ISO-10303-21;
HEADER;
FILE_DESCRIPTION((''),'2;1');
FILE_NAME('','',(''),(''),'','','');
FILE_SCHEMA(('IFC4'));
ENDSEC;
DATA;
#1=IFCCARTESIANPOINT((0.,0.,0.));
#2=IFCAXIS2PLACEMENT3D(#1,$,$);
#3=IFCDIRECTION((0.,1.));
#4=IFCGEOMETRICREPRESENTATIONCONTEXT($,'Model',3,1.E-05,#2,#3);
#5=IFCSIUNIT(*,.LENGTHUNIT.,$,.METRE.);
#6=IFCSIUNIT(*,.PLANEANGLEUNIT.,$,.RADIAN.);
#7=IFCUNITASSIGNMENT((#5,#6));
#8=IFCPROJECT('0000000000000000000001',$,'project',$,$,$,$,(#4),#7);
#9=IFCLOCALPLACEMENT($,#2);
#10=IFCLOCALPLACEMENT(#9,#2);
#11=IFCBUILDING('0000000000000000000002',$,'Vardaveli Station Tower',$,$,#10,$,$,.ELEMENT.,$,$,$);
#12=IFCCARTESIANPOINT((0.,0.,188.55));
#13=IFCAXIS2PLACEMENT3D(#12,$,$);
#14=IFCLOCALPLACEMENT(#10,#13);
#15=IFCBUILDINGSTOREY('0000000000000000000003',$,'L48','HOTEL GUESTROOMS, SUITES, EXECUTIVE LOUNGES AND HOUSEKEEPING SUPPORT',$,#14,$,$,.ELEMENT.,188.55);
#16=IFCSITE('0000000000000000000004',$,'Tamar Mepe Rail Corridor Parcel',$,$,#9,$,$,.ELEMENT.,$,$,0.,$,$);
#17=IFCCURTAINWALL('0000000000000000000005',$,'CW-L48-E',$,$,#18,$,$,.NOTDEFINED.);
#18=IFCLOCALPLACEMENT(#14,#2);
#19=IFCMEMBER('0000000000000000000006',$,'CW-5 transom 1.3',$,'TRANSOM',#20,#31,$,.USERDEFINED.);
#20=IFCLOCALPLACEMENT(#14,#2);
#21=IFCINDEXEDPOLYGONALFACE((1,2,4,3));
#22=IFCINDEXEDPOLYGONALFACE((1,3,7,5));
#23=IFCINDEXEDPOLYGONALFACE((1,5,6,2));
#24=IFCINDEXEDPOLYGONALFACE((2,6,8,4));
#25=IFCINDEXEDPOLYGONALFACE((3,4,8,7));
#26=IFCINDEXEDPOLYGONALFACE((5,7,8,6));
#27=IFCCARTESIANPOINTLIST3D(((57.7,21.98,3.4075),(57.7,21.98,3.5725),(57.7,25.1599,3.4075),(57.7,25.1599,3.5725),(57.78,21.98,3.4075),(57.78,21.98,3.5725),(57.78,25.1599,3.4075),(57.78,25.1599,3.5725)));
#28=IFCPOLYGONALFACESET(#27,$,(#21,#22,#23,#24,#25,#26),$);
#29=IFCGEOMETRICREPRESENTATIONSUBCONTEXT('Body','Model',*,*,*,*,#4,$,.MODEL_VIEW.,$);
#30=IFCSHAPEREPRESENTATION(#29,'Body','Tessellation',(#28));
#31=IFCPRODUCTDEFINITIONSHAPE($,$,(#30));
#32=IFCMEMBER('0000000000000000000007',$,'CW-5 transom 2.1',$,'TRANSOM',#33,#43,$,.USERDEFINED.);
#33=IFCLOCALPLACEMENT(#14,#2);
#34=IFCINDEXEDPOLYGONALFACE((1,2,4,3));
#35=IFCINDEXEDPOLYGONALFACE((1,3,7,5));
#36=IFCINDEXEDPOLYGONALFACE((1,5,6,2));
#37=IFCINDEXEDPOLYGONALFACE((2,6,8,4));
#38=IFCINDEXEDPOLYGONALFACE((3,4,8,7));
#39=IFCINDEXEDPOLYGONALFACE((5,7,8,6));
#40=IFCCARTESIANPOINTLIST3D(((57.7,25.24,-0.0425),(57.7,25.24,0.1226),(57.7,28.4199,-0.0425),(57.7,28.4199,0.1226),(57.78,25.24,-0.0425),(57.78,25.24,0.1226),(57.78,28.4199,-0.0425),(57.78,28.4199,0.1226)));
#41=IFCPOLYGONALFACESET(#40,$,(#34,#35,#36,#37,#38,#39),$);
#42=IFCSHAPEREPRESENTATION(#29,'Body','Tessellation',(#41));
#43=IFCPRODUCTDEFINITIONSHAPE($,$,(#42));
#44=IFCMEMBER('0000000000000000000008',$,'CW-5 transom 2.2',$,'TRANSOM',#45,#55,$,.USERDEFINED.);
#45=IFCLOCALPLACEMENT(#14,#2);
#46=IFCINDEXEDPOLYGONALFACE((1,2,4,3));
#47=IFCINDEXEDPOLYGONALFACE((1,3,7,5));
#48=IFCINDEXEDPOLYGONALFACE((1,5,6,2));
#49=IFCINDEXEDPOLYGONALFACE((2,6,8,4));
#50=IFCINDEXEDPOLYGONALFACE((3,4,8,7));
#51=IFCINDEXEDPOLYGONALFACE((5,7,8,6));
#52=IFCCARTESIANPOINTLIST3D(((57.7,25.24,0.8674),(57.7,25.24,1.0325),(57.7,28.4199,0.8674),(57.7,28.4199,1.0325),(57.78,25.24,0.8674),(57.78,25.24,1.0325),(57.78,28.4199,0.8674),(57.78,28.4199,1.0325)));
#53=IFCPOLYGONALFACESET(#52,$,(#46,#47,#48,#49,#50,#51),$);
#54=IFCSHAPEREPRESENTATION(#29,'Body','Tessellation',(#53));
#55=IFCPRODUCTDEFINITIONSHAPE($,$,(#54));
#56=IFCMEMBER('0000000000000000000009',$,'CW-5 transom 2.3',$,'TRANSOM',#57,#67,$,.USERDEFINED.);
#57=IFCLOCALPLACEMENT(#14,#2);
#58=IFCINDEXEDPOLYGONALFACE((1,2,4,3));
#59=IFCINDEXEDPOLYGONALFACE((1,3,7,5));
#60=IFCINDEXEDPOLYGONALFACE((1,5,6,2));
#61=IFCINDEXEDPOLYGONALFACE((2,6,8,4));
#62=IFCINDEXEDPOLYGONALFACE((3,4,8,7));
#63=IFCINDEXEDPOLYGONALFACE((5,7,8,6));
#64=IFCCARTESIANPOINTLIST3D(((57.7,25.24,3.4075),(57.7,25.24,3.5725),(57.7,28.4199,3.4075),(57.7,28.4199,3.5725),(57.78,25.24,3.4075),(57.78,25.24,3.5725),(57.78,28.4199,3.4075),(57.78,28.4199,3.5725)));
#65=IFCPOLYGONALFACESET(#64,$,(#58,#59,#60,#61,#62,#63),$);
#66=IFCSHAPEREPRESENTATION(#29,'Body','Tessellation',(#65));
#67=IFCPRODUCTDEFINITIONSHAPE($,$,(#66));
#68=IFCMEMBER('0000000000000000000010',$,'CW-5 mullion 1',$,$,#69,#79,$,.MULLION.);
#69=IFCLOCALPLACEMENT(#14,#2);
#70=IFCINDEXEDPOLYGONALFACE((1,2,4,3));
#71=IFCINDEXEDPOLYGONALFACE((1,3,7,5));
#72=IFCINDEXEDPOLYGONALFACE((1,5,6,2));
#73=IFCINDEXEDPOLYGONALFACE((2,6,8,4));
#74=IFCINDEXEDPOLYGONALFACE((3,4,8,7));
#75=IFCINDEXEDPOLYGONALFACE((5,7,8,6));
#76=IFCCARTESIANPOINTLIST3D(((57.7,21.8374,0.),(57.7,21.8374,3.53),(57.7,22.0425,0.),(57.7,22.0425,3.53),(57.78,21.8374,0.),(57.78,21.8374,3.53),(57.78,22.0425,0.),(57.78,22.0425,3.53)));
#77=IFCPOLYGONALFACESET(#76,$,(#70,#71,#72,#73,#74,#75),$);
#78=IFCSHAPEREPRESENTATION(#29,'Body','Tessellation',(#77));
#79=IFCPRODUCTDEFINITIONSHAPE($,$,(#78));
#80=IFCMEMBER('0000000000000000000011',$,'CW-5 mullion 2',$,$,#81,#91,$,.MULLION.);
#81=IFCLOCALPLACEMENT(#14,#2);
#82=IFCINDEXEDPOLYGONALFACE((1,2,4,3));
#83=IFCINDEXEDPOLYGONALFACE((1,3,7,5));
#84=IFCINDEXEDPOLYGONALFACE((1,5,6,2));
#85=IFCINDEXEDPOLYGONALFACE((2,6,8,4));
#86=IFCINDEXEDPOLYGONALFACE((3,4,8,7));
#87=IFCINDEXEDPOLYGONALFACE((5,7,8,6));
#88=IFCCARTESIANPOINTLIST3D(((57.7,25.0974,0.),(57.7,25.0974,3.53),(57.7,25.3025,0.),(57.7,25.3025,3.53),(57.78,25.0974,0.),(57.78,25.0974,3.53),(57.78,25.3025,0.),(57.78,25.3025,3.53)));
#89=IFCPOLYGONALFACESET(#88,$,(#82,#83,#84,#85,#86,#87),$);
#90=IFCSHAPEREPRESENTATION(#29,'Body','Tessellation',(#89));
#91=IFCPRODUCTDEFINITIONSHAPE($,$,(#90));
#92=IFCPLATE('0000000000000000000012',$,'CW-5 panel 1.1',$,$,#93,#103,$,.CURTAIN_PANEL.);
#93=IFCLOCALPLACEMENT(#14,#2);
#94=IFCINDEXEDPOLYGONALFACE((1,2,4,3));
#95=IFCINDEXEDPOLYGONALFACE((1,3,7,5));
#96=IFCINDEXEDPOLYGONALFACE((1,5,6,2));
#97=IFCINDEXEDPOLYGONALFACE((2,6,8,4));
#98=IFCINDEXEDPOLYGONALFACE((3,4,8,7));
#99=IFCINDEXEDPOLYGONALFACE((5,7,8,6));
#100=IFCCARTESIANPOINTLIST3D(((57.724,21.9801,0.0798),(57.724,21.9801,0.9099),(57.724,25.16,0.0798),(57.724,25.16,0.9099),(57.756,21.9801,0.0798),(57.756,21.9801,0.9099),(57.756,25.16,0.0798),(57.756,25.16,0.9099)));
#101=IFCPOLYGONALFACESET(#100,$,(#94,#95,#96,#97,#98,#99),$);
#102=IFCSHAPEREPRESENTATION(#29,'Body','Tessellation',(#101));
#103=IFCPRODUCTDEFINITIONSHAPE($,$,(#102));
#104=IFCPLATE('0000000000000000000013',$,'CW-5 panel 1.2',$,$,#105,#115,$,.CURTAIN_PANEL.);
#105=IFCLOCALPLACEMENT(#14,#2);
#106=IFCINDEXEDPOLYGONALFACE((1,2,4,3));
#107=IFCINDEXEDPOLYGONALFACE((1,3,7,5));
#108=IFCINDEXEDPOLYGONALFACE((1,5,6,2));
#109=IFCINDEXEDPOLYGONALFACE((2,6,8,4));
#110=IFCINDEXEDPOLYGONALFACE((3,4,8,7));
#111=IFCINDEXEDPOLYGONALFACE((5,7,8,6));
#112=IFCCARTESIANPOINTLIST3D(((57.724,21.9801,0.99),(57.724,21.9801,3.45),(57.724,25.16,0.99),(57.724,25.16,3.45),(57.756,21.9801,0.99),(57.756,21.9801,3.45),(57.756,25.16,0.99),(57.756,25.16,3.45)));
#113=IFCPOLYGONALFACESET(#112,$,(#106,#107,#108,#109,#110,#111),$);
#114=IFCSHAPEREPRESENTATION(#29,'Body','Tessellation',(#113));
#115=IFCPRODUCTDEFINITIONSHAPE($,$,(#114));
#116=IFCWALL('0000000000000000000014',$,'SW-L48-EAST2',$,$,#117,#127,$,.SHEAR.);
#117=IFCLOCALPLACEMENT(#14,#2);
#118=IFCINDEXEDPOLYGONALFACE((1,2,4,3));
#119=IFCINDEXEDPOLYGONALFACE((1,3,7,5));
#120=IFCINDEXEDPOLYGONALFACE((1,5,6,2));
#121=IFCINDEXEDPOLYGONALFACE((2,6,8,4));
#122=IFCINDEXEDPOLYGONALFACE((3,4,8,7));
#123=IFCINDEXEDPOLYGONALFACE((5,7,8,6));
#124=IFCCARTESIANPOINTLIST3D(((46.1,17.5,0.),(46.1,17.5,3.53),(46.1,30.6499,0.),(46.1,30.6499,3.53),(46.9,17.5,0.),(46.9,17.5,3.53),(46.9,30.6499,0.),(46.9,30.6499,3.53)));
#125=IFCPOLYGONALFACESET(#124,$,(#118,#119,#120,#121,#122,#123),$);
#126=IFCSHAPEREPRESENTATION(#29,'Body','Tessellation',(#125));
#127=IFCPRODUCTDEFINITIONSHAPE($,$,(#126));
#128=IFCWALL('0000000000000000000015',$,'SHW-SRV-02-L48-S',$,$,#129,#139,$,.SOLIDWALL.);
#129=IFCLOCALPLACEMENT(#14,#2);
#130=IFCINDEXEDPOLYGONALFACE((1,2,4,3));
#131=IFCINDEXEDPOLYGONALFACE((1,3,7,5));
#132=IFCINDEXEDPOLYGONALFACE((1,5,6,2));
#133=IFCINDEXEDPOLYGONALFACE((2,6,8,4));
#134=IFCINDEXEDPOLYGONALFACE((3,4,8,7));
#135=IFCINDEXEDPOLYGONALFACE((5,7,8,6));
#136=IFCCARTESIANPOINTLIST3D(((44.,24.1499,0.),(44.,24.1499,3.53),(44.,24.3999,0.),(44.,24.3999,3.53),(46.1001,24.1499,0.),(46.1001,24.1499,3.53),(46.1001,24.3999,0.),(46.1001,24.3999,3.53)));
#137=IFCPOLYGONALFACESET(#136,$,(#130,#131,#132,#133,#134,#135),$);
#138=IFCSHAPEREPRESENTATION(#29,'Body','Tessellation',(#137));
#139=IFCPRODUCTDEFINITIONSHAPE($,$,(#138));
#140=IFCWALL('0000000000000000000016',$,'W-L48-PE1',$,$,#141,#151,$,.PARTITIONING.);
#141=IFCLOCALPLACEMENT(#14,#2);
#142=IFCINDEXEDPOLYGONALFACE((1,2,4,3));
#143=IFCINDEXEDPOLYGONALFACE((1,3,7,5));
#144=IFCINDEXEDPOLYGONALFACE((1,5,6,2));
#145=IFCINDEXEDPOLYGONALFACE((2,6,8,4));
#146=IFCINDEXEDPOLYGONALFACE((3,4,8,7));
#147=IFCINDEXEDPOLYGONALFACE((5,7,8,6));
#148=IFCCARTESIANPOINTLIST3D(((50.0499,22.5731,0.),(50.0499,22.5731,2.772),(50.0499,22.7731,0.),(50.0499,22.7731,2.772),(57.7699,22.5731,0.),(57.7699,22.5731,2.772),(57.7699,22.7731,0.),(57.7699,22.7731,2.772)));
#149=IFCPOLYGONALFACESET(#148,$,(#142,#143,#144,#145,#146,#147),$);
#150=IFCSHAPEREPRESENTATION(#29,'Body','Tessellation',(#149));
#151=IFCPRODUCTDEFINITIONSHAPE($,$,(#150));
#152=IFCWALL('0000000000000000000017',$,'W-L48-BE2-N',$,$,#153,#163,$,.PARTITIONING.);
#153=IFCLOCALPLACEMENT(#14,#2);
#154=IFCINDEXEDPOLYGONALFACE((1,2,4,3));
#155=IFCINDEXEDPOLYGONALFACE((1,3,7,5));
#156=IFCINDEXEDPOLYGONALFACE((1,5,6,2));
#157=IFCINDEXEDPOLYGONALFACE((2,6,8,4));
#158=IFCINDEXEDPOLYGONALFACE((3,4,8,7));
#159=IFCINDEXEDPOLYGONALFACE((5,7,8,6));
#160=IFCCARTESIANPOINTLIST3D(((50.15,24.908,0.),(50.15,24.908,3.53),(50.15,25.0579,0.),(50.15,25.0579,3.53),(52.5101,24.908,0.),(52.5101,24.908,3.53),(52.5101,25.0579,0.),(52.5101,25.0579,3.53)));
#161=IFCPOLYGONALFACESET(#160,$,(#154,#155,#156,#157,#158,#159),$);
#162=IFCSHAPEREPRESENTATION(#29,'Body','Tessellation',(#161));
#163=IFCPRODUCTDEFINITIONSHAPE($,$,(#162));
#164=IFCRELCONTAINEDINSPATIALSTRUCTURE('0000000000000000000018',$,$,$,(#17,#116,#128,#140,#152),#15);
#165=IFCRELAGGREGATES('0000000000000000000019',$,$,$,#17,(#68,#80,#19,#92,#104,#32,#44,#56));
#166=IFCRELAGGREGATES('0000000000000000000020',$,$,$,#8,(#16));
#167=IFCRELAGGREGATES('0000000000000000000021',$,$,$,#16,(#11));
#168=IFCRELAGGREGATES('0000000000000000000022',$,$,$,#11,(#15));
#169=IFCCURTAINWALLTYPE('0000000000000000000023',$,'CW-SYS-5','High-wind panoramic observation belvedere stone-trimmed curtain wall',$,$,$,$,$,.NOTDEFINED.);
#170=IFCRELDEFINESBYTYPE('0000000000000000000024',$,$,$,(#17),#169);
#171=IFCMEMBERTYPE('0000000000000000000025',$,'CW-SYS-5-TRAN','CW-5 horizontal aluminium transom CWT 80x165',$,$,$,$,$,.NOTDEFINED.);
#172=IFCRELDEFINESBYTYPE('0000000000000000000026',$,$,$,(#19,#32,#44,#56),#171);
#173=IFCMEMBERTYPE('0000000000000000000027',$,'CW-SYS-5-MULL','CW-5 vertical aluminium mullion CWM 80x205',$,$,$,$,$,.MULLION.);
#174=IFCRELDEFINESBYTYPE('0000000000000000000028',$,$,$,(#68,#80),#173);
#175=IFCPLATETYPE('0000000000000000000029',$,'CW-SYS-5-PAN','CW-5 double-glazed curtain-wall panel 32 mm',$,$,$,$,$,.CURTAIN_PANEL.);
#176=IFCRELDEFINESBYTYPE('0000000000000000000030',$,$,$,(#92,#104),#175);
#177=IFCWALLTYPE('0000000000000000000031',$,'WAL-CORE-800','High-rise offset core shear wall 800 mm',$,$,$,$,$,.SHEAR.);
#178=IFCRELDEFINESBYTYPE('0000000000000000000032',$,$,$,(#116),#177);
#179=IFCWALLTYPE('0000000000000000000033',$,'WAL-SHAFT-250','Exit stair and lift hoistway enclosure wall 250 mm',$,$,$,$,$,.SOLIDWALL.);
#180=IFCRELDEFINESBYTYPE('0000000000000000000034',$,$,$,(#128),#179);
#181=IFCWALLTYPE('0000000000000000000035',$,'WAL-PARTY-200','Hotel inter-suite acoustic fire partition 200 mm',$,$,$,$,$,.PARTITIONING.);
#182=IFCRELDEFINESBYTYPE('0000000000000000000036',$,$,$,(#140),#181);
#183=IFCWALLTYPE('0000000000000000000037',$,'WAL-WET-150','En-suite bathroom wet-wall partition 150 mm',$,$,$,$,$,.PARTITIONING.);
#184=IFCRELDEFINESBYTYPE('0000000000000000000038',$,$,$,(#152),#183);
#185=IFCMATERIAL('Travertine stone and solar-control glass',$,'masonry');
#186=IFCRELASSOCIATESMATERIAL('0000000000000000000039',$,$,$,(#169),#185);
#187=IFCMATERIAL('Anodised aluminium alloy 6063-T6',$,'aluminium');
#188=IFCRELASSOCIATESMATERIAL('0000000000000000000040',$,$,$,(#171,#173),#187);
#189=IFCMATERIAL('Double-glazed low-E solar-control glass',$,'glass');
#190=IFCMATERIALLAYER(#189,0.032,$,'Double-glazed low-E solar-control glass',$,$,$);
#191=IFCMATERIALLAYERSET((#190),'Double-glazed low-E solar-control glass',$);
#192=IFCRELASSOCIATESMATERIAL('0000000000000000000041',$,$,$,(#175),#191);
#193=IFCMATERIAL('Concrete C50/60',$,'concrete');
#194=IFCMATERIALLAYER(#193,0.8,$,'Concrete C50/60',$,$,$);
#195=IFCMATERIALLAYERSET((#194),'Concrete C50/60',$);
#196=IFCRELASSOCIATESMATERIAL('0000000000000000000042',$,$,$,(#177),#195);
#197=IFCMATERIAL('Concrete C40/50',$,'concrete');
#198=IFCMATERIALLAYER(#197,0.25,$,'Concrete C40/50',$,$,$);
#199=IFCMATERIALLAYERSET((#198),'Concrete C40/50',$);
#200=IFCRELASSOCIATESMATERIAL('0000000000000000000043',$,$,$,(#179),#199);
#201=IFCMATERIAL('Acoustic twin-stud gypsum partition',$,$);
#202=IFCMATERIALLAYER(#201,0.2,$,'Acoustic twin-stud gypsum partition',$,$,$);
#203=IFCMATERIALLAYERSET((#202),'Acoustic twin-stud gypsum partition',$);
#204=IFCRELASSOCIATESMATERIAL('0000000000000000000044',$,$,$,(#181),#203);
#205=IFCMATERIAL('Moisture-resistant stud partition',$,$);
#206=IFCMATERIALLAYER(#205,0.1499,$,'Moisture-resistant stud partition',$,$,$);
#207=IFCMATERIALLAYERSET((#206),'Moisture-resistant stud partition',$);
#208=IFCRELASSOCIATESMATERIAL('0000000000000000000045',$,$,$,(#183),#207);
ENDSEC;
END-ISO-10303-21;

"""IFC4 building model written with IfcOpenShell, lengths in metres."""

from ifc_helpers import new_model, si_unit, direction, frame, frame_2d, origin, origin_2d, place, context, subcontext, project, spatial, rectangle, extrude, source, transform, mapped, material, layer, layer_set, material_profile, profile_set, type_object, element, aggregate, save


model = new_model("IFC4")

# Units and contexts
model_context = context("Model", 3, precision=1e-05, world=origin(), true_north=direction((0.0, 1.0)))
body_context = subcontext(model_context, "Body", "Model", "MODEL_VIEW")
ifc_project = project(units=[si_unit("LENGTHUNIT", "METRE"), si_unit("PLANEANGLEUNIT", "RADIAN")], contexts=[model_context])

# Site, building, storey
site_placement = place(None, origin())
site = spatial("IfcSite", under=ifc_project, at=site_placement, Name="Tamar Mepe Rail Corridor Parcel", CompositionType="ELEMENT", RefElevation=0.0)
building_placement = place(site_placement, origin())
building = spatial("IfcBuilding", under=site, at=building_placement, Name="Vardaveli Station Tower", CompositionType="ELEMENT")
storey_placement = place(building_placement, frame((0.0, 0.0, 188.55)))
storey = spatial("IfcBuildingStorey", under=building, at=storey_placement, Name="L48", Description="HOTEL GUESTROOMS, SUITES, EXECUTIVE LOUNGES AND HOUSEKEEPING SUPPORT", CompositionType="ELEMENT", Elevation=188.55)

# Curtain wall, members, plates
ifc_material_1 = material(Name="Travertine stone and solar-control glass", Category="masonry")
curtain_wall_type = type_object("IfcCurtainWallType", Name="CW-SYS-5", Description="High-wind panoramic observation belvedere stone-trimmed curtain wall", PredefinedType="NOTDEFINED", material=ifc_material_1)
curtain_wall_placement = place(storey_placement, origin())
curtain_wall = element("IfcCurtainWall", 1, at=curtain_wall_placement, inside=storey, type_object=curtain_wall_type, Name="CW-L48-E", PredefinedType="NOTDEFINED")
ifc_material_2 = material(Name="Anodised aluminium alloy 6063-T6", Category="aluminium")
ifc_material_profile_1 = material_profile(ifc_material_2, rectangle(XDim=0.0801, YDim=0.165, at=origin_2d()), Name="CWT 80x165")
ifc_profile_set_1 = profile_set([ifc_material_profile_1], Name="Anodised aluminium alloy 6063-T6")
member_type_1 = type_object("IfcMemberType", Name="CW-SYS-5-TRAN", Description="CW-5 horizontal aluminium transom CWT 80x165", PredefinedType="NOTDEFINED", material=ifc_profile_set_1)
shared_shape_1 = source(origin(), body_context, "Body", "SweptSolid", [
    extrude(rectangle(XDim=0.0801, YDim=0.165, at=origin_2d()), origin(), (0.0, 0.0, 1.0), 3.1799),
])
member_1_placement = place(storey_placement, frame((57.74, 21.98, 3.49), z_axis=(0.0, 1.0, 0.0), x_axis=(-1.0, 0.0, 0.0)))
member_1 = element("IfcMember", 2, at=member_1_placement, type_object=member_type_1, Name="CW-5 transom 1.3", ObjectType="TRANSOM", PredefinedType="USERDEFINED", context=body_context, shape_type="MappedRepresentation", body=[
    mapped(shared_shape_1, transform((0.0, 0.0, 0.0), scale=1.0)),
])
member_2_placement = place(storey_placement, frame((57.74, 25.24, 0.04), z_axis=(0.0, 1.0, 0.0), x_axis=(-1.0, 0.0, 0.0)))
member_2 = element("IfcMember", 3, at=member_2_placement, type_object=member_type_1, Name="CW-5 transom 2.1", ObjectType="TRANSOM", PredefinedType="USERDEFINED", context=body_context, shape_type="MappedRepresentation", body=[
    mapped(shared_shape_1, transform((0.0, 0.0, 0.0), scale=1.0)),
])
member_3_placement = place(storey_placement, frame((57.74, 25.24, 0.95), z_axis=(0.0, 1.0, 0.0), x_axis=(-1.0, 0.0, 0.0)))
member_3 = element("IfcMember", 4, at=member_3_placement, type_object=member_type_1, Name="CW-5 transom 2.2", ObjectType="TRANSOM", PredefinedType="USERDEFINED", context=body_context, shape_type="MappedRepresentation", body=[
    mapped(shared_shape_1, transform((0.0, 0.0, 0.0), scale=1.0)),
])
member_4_placement = place(storey_placement, frame((57.74, 25.24, 3.49), z_axis=(0.0, 1.0, 0.0), x_axis=(-1.0, 0.0, 0.0)))
member_4 = element("IfcMember", 5, at=member_4_placement, type_object=member_type_1, Name="CW-5 transom 2.3", ObjectType="TRANSOM", PredefinedType="USERDEFINED", context=body_context, shape_type="MappedRepresentation", body=[
    mapped(shared_shape_1, transform((0.0, 0.0, 0.0), scale=1.0)),
])
ifc_material_profile_2 = material_profile(ifc_material_2, rectangle(XDim=0.0801, YDim=0.2051, at=origin_2d()), Name="CWM 80x205")
ifc_profile_set_2 = profile_set([ifc_material_profile_2], Name="Anodised aluminium alloy 6063-T6")
member_type_2 = type_object("IfcMemberType", Name="CW-SYS-5-MULL", Description="CW-5 vertical aluminium mullion CWM 80x205", PredefinedType="MULLION", material=ifc_profile_set_2)
shared_shape_2 = source(origin(), body_context, "Body", "SweptSolid", [
    extrude(rectangle(XDim=0.0801, YDim=0.2051, at=origin_2d()), origin(), (0.0, 0.0, 1.0), 3.53),
])
member_5_placement = place(storey_placement, frame((57.74, 21.9399, 0.0), z_axis=(0.0, 0.0, 1.0), x_axis=(-1.0, 0.0, 0.0)))
member_5 = element("IfcMember", 6, at=member_5_placement, type_object=member_type_2, Name="CW-5 mullion 1", PredefinedType="MULLION", context=body_context, shape_type="MappedRepresentation", body=[
    mapped(shared_shape_2, transform((0.0, 0.0, 0.0), scale=1.0)),
])
member_6_placement = place(storey_placement, frame((57.74, 25.2, 0.0), z_axis=(0.0, 0.0, 1.0), x_axis=(-1.0, 0.0, 0.0)))
member_6 = element("IfcMember", 7, at=member_6_placement, type_object=member_type_2, Name="CW-5 mullion 2", PredefinedType="MULLION", context=body_context, shape_type="MappedRepresentation", body=[
    mapped(shared_shape_2, transform((0.0, 0.0, 0.0), scale=1.0)),
])
ifc_material_3 = material(Name="Double-glazed low-E solar-control glass", Category="glass")
ifc_layer_1 = layer(ifc_material_3, 0.032, Name="Double-glazed low-E solar-control glass")
ifc_layer_set_1 = layer_set([ifc_layer_1], Name="Double-glazed low-E solar-control glass")
plate_type = type_object("IfcPlateType", Name="CW-SYS-5-PAN", Description="CW-5 double-glazed curtain-wall panel 32 mm", PredefinedType="CURTAIN_PANEL", material=ifc_layer_set_1)
shared_shape_3 = source(origin(), body_context, "Body", "SweptSolid", [
    extrude(rectangle(XDim=3.1799, YDim=0.032, at=origin_2d()), origin(), (0.0, 0.0, 1.0), 0.8301),
])
plate_1_placement = place(storey_placement, frame((57.74, 23.5701, 0.0798), z_axis=(0.0, 0.0, 1.0), x_axis=(0.0, 1.0, 0.0)))
plate_1 = element("IfcPlate", 8, at=plate_1_placement, type_object=plate_type, Name="CW-5 panel 1.1", PredefinedType="CURTAIN_PANEL", context=body_context, shape_type="MappedRepresentation", body=[
    mapped(shared_shape_3, transform((0.0, 0.0, 0.0), scale=1.0)),
])
shared_shape_4 = source(origin(), body_context, "Body", "SweptSolid", [
    extrude(rectangle(XDim=3.1799, YDim=0.032, at=origin_2d()), origin(), (0.0, 0.0, 1.0), 2.46),
])
plate_2_placement = place(storey_placement, frame((57.74, 23.5701, 0.99), z_axis=(0.0, 0.0, 1.0), x_axis=(0.0, 1.0, 0.0)))
plate_2 = element("IfcPlate", 9, at=plate_2_placement, type_object=plate_type, Name="CW-5 panel 1.2", PredefinedType="CURTAIN_PANEL", context=body_context, shape_type="MappedRepresentation", body=[
    mapped(shared_shape_4, transform((0.0, 0.0, 0.0), scale=1.0)),
])
aggregate(curtain_wall, [member_5, member_6, member_1, plate_1, plate_2, member_2, member_3, member_4])

# Walls
ifc_material_4 = material(Name="Concrete C50/60", Category="concrete")
ifc_layer_2 = layer(ifc_material_4, 0.8, Name="Concrete C50/60")
ifc_layer_set_2 = layer_set([ifc_layer_2], Name="Concrete C50/60")
wall_type_1 = type_object("IfcWallType", Name="WAL-CORE-800", Description="High-rise offset core shear wall 800 mm", PredefinedType="SHEAR", material=ifc_layer_set_2)
shared_shape_5 = source(origin(), body_context, "Body", "SweptSolid", [
    extrude(rectangle(XDim=13.1499, YDim=0.8, at=frame_2d((6.575, 0.0))), origin(), (0.0, 0.0, 1.0), 3.53),
])
wall_1_placement = place(storey_placement, frame((46.5, 17.5, 0.0), z_axis=(0.0, 0.0, 1.0), x_axis=(0.0, 1.0, 0.0)))
element("IfcWall", 10, at=wall_1_placement, inside=storey, type_object=wall_type_1, Name="SW-L48-EAST2", PredefinedType="SHEAR", context=body_context, shape_type="MappedRepresentation", body=[
    mapped(shared_shape_5, transform((0.0, 0.0, 0.0), scale=1.0)),
])
ifc_material_5 = material(Name="Concrete C40/50", Category="concrete")
ifc_layer_3 = layer(ifc_material_5, 0.25, Name="Concrete C40/50")
ifc_layer_set_3 = layer_set([ifc_layer_3], Name="Concrete C40/50")
wall_type_2 = type_object("IfcWallType", Name="WAL-SHAFT-250", Description="Exit stair and lift hoistway enclosure wall 250 mm", PredefinedType="SOLIDWALL", material=ifc_layer_set_3)
shared_shape_6 = source(origin(), body_context, "Body", "SweptSolid", [
    extrude(rectangle(XDim=2.1001, YDim=0.25, at=frame_2d((1.05, 0.0))), origin(), (0.0, 0.0, 1.0), 3.53),
])
wall_2_placement = place(storey_placement, frame((44.0, 24.2749, 0.0), z_axis=(0.0, 0.0, 1.0), x_axis=(1.0, 0.0, 0.0)))
element("IfcWall", 11, at=wall_2_placement, inside=storey, type_object=wall_type_2, Name="SHW-SRV-02-L48-S", PredefinedType="SOLIDWALL", context=body_context, shape_type="MappedRepresentation", body=[
    mapped(shared_shape_6, transform((0.0, 0.0, 0.0), scale=1.0)),
])
ifc_material_6 = material(Name="Acoustic twin-stud gypsum partition")
ifc_layer_4 = layer(ifc_material_6, 0.2, Name="Acoustic twin-stud gypsum partition")
ifc_layer_set_4 = layer_set([ifc_layer_4], Name="Acoustic twin-stud gypsum partition")
wall_type_3 = type_object("IfcWallType", Name="WAL-PARTY-200", Description="Hotel inter-suite acoustic fire partition 200 mm", PredefinedType="PARTITIONING", material=ifc_layer_set_4)
shared_shape_7 = source(origin(), body_context, "Body", "SweptSolid", [
    extrude(rectangle(XDim=7.72, YDim=0.2, at=frame_2d((3.8599, 0.0))), origin(), (0.0, 0.0, 1.0), 2.772),
])
wall_3_placement = place(storey_placement, frame((50.05, 22.6731, 0.0), z_axis=(0.0, 0.0, 1.0), x_axis=(1.0, 0.0, 0.0)))
element("IfcWall", 12, at=wall_3_placement, inside=storey, type_object=wall_type_3, Name="W-L48-PE1", PredefinedType="PARTITIONING", context=body_context, shape_type="MappedRepresentation", body=[
    mapped(shared_shape_7, transform((0.0, 0.0, 0.0), scale=1.0)),
])
ifc_material_7 = material(Name="Moisture-resistant stud partition")
ifc_layer_5 = layer(ifc_material_7, 0.1499, Name="Moisture-resistant stud partition")
ifc_layer_set_5 = layer_set([ifc_layer_5], Name="Moisture-resistant stud partition")
wall_type_4 = type_object("IfcWallType", Name="WAL-WET-150", Description="En-suite bathroom wet-wall partition 150 mm", PredefinedType="PARTITIONING", material=ifc_layer_set_5)
shared_shape_8 = source(origin(), body_context, "Body", "SweptSolid", [
    extrude(rectangle(XDim=2.3601, YDim=0.1499, at=frame_2d((1.1802, 0.0))), origin(), (0.0, 0.0, 1.0), 3.53),
])
wall_4_placement = place(storey_placement, frame((50.1499, 24.9829, 0.0), z_axis=(0.0, 0.0, 1.0), x_axis=(1.0, 0.0, 0.0)))
element("IfcWall", 13, at=wall_4_placement, inside=storey, type_object=wall_type_4, Name="W-L48-BE2-N", PredefinedType="PARTITIONING", context=body_context, shape_type="MappedRepresentation", body=[
    mapped(shared_shape_8, transform((0.0, 0.0, 0.0), scale=1.0)),
])

save(model, "model.ifc")
